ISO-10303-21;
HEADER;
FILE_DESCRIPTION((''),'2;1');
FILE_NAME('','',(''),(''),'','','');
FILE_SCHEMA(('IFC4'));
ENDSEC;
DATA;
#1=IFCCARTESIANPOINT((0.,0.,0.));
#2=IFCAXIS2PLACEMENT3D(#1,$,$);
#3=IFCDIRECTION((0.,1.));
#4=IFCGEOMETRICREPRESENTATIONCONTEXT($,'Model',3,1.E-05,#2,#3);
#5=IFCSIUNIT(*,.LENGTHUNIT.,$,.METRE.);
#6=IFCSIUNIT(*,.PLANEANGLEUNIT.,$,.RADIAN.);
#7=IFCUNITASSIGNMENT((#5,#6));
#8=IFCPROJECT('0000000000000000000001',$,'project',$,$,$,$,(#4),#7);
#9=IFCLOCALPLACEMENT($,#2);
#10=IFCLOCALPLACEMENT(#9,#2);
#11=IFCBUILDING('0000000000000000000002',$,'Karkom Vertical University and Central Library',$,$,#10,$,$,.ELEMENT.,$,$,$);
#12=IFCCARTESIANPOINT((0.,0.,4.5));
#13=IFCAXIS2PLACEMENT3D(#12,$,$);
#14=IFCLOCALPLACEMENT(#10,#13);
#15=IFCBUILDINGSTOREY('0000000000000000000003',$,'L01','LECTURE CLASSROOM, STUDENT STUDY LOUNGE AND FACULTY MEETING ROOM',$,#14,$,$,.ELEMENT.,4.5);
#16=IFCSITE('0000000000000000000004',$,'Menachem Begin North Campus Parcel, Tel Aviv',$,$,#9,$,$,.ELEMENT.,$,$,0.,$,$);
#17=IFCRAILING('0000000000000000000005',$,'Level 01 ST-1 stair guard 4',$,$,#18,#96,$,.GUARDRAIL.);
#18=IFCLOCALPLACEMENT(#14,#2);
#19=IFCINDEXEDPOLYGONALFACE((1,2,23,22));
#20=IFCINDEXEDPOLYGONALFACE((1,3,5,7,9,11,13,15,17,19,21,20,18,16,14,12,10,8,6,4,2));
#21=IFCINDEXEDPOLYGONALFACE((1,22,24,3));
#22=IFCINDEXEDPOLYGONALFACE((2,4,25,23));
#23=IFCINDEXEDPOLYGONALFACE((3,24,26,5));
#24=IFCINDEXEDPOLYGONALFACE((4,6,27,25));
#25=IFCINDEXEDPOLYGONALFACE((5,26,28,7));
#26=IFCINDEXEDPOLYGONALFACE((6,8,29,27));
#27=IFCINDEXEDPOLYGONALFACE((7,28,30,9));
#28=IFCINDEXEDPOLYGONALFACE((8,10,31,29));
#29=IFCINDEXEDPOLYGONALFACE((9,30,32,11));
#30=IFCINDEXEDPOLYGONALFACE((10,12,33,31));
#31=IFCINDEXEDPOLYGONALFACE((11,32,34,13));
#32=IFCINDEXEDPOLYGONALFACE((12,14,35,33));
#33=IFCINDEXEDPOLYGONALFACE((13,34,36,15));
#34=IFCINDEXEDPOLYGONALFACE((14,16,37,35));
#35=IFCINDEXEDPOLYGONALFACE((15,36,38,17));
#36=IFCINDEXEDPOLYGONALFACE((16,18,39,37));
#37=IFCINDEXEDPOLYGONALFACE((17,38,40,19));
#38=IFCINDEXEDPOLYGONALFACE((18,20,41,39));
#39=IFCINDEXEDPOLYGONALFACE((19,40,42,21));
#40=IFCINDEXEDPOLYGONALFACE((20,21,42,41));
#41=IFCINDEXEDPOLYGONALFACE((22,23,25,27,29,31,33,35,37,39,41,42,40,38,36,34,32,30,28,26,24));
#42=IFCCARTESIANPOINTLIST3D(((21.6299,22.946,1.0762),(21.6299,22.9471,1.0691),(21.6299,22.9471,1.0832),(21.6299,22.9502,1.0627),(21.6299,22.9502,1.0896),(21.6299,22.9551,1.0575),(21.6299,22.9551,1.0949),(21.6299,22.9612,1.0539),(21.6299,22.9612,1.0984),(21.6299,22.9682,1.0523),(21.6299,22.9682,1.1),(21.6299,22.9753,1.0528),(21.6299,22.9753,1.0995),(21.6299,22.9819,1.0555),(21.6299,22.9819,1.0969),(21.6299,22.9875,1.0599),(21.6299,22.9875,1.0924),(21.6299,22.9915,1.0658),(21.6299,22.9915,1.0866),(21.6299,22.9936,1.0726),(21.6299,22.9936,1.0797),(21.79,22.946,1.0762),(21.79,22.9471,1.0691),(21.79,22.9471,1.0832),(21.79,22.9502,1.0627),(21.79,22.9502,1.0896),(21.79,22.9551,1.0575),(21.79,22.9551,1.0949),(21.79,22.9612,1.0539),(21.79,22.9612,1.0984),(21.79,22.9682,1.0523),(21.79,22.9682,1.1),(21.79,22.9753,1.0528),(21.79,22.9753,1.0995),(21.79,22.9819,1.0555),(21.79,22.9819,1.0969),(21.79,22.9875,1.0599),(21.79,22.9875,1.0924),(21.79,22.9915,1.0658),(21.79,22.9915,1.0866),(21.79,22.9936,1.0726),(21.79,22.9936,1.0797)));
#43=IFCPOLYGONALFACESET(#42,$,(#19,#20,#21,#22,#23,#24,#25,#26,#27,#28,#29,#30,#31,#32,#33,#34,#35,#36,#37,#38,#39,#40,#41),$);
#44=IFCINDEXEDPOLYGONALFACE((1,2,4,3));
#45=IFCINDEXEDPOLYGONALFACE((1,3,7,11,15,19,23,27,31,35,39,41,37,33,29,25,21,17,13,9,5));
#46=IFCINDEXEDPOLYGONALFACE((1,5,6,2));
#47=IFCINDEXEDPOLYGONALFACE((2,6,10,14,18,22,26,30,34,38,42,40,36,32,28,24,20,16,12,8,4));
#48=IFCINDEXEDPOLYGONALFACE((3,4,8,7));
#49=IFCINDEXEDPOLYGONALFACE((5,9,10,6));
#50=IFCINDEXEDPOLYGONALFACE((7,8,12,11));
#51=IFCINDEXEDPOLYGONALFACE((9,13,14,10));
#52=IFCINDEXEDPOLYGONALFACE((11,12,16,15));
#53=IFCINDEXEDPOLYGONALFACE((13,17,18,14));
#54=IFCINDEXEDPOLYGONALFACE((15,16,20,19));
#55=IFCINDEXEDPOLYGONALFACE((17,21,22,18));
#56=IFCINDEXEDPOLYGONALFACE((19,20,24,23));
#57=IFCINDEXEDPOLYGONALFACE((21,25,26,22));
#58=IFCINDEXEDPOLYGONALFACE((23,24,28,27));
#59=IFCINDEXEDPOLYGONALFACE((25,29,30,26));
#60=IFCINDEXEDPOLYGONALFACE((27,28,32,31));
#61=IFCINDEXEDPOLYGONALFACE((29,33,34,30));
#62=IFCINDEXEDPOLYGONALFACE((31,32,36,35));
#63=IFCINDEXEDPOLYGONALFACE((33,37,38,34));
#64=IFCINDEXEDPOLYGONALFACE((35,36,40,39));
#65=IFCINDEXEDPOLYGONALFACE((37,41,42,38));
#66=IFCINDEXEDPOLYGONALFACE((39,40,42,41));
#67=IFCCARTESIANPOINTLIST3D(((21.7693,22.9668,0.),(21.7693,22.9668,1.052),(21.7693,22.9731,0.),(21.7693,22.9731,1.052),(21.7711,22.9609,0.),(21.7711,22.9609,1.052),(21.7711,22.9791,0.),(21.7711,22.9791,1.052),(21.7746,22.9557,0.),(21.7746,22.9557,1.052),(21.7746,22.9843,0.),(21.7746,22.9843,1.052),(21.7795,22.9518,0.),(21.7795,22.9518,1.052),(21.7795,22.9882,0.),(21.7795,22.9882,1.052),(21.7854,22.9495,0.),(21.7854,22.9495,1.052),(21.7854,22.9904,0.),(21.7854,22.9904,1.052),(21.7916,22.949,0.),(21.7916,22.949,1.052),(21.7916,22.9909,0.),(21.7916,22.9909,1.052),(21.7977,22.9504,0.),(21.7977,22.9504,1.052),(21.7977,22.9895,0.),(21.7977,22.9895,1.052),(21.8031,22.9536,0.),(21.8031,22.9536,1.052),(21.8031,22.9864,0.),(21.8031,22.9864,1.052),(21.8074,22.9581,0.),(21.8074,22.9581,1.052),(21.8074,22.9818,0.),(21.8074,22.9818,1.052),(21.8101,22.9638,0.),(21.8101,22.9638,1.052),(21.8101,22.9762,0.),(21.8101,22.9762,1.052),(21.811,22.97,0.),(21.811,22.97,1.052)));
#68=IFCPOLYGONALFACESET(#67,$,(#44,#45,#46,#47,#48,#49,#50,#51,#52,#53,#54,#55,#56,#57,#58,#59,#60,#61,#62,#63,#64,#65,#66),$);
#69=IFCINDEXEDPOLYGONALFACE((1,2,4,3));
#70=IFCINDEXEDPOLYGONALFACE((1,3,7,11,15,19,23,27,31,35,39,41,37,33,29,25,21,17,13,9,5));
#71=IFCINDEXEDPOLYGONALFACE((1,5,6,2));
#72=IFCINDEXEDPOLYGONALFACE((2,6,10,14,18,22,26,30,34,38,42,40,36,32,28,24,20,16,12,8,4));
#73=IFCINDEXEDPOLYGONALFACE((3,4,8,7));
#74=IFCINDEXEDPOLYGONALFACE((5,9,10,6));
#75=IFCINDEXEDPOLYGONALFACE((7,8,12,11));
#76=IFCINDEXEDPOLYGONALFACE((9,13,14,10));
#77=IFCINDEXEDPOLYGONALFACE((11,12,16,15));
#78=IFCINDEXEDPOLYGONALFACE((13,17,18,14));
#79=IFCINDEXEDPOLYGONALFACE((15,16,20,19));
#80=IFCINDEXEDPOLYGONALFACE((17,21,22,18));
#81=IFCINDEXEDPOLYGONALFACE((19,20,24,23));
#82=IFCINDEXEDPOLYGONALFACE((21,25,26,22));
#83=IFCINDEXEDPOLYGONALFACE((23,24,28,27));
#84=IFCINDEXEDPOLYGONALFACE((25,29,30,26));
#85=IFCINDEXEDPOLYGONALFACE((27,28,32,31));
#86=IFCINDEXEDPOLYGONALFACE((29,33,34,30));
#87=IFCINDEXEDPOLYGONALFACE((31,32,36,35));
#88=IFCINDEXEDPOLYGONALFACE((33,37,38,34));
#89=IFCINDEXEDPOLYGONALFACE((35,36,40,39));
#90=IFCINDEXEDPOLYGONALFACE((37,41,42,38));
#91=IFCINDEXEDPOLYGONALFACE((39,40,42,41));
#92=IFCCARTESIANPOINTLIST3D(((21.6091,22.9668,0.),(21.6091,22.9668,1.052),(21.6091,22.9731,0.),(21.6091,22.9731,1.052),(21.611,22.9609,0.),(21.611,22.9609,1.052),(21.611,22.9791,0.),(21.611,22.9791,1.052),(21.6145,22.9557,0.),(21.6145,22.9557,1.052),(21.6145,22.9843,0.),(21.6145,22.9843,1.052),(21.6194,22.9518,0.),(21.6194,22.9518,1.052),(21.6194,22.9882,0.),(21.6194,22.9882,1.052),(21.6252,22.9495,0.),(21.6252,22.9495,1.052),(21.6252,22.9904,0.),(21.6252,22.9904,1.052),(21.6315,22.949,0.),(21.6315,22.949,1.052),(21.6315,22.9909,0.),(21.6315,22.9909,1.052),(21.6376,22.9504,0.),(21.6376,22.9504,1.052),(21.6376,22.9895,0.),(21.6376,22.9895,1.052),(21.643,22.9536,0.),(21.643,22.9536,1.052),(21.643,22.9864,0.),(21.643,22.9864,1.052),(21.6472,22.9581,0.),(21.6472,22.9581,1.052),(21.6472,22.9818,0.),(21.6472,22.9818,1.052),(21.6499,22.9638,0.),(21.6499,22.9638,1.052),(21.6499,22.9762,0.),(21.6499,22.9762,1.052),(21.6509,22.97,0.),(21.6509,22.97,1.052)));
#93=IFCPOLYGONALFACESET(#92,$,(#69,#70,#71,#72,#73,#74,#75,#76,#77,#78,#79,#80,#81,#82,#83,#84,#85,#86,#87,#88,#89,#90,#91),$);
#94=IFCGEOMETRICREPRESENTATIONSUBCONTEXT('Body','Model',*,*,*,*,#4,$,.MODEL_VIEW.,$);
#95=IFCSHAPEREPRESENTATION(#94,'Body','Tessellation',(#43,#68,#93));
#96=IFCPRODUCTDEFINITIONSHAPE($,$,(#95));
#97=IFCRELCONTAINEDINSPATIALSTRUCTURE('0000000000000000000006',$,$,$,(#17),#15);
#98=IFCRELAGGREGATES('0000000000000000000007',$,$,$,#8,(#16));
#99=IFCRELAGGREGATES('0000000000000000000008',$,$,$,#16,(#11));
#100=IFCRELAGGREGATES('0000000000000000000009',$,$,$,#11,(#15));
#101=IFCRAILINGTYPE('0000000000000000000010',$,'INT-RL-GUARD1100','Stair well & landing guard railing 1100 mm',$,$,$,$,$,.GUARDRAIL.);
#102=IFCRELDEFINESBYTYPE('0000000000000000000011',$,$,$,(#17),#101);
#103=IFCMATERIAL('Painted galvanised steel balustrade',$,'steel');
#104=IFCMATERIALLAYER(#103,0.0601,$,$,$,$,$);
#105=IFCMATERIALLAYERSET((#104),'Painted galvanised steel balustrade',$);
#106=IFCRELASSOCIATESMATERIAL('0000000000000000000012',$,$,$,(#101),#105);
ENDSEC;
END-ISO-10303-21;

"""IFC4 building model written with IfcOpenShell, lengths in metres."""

from ifc_helpers import new_model, si_unit, direction, frame, origin, origin_2d, place, context, subcontext, project, spatial, circle, extrude, material, layer, layer_set, type_object, element, save


model = new_model("IFC4")

# Units and contexts
model_context = context("Model", 3, precision=1e-05, world=origin(), true_north=direction((0.0, 1.0)))
body_context = subcontext(model_context, "Body", "Model", "MODEL_VIEW")
ifc_project = project(units=[si_unit("LENGTHUNIT", "METRE"), si_unit("PLANEANGLEUNIT", "RADIAN")], contexts=[model_context])

# Site, building, storey
site_placement = place(None, origin())
site = spatial("IfcSite", under=ifc_project, at=site_placement, Name="Menachem Begin North Campus Parcel, Tel Aviv", CompositionType="ELEMENT", RefElevation=0.0)
building_placement = place(site_placement, origin())
building = spatial("IfcBuilding", under=site, at=building_placement, Name="Karkom Vertical University and Central Library", CompositionType="ELEMENT")
storey_placement = place(building_placement, frame((0.0, 0.0, 4.5)))
storey = spatial("IfcBuildingStorey", under=building, at=storey_placement, Name="L01", Description="LECTURE CLASSROOM, STUDENT STUDY LOUNGE AND FACULTY MEETING ROOM", CompositionType="ELEMENT", Elevation=4.5)

# Railing
ifc_material_1 = material(Name="Painted galvanised steel balustrade", Category="steel")
ifc_layer_1 = layer(ifc_material_1, 0.0601)
ifc_layer_set_1 = layer_set([ifc_layer_1], Name="Painted galvanised steel balustrade")
railing_type_1 = type_object("IfcRailingType", Name="INT-RL-GUARD1100", Description="Stair well & landing guard railing 1100 mm", PredefinedType="GUARDRAIL", material=ifc_layer_set_1)
railing_1_placement = place(storey_placement, frame((21.79, 22.97, 0.0)))
element("IfcRailing", 1, at=railing_1_placement, inside=storey, type_object=railing_type_1, Name="Level 01 ST-1 stair guard 4", PredefinedType="GUARDRAIL", context=body_context, shape_type="SweptSolid", body=[
    extrude(circle(Radius=0.0239, at=origin_2d()), frame((0.0, 0.0, 1.0762), z_axis=(-1.0, 0.0, 0.0), x_axis=(0.0, -1.0, 0.0)), (0.0, 0.0, 1.0), 0.1602),
    extrude(circle(Radius=0.021, at=origin_2d()), origin(), (0.0, 0.0, 1.0), 1.052),
    extrude(circle(Radius=0.021, at=origin_2d()), frame((-0.1602, 0.0, 0.0)), (0.0, 0.0, 1.0), 1.052),
])

save(model, "model.ifc")
